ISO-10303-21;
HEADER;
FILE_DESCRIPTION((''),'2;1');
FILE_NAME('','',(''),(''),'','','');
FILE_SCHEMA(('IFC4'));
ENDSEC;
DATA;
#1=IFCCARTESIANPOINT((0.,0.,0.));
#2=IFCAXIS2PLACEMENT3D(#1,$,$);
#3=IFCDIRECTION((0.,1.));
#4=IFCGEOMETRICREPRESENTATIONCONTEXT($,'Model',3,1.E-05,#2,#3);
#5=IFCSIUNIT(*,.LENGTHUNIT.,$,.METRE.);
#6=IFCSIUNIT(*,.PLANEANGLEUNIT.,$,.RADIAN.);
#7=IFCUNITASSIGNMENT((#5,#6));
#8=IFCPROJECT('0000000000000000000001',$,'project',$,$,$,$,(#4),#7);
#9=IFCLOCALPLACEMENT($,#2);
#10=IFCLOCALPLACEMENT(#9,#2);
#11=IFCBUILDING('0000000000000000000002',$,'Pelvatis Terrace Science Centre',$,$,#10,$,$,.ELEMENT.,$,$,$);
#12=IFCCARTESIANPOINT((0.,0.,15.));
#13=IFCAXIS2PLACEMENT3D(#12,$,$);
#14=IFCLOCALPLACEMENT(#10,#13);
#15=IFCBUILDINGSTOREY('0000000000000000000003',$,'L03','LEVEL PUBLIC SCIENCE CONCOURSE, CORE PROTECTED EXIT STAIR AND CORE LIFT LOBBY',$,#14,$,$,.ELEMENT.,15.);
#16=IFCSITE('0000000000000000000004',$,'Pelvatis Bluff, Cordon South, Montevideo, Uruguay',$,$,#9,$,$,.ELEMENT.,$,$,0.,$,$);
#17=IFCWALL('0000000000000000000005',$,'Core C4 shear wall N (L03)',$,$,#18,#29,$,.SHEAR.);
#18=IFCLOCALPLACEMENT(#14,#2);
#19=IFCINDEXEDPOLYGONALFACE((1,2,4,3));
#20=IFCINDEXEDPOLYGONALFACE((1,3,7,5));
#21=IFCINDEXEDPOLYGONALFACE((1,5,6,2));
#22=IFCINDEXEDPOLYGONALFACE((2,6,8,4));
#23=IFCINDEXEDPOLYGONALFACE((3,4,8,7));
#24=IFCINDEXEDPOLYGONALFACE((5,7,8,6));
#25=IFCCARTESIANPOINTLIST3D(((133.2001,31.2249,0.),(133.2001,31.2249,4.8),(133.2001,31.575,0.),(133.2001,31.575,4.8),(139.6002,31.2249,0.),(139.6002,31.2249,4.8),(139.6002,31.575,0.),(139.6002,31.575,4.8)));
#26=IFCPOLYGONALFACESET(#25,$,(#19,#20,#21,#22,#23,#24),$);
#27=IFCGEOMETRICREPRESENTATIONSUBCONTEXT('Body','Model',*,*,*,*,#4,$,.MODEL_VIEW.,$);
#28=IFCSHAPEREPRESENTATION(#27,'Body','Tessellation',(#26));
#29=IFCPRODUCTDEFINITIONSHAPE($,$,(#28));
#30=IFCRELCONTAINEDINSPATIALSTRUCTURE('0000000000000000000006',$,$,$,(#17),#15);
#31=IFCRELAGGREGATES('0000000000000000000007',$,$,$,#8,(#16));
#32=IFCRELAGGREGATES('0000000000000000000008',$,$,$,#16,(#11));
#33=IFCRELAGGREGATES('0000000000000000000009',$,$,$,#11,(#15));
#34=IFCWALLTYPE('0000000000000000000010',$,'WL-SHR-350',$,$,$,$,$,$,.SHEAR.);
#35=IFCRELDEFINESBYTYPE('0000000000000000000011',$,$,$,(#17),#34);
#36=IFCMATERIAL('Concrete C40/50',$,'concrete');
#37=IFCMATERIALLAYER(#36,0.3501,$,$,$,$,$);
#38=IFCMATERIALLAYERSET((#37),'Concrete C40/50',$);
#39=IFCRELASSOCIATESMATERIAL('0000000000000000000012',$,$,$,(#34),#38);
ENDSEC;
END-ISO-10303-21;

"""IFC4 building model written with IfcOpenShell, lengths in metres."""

from ifc_helpers import new_model, si_unit, direction, frame, frame_2d, origin, place, context, subcontext, project, spatial, rectangle, extrude, material, layer, layer_set, type_object, element, save


model = new_model("IFC4")

# Units and contexts
model_context = context("Model", 3, precision=1e-05, world=origin(), true_north=direction((0.0, 1.0)))
body_context = subcontext(model_context, "Body", "Model", "MODEL_VIEW")
ifc_project = project(units=[si_unit("LENGTHUNIT", "METRE"), si_unit("PLANEANGLEUNIT", "RADIAN")], contexts=[model_context])

# Site, building, storey
site_placement = place(None, origin())
site = spatial("IfcSite", under=ifc_project, at=site_placement, Name="Pelvatis Bluff, Cordon South, Montevideo, Uruguay", CompositionType="ELEMENT", RefElevation=0.0)
building_placement = place(site_placement, origin())
building = spatial("IfcBuilding", under=site, at=building_placement, Name="Pelvatis Terrace Science Centre", CompositionType="ELEMENT")
storey_placement = place(building_placement, frame((0.0, 0.0, 15.0)))
storey = spatial("IfcBuildingStorey", under=building, at=storey_placement, Name="L03", Description="LEVEL PUBLIC SCIENCE CONCOURSE, CORE PROTECTED EXIT STAIR AND CORE LIFT LOBBY", CompositionType="ELEMENT", Elevation=15.0)

# Wall
ifc_material_1 = material(Name="Concrete C40/50", Category="concrete")
ifc_layer_1 = layer(ifc_material_1, 0.3501)
ifc_layer_set_1 = layer_set([ifc_layer_1], Name="Concrete C40/50")
wall_type_1 = type_object("IfcWallType", Name="WL-SHR-350", PredefinedType="SHEAR", material=ifc_layer_set_1)
wall_1_placement = place(storey_placement, frame((133.2, 31.3999, 0.0), z_axis=(0.0, 0.0, 1.0), x_axis=(1.0, 0.0, 0.0)))
element("IfcWall", 1, at=wall_1_placement, inside=storey, type_object=wall_type_1, Name="Core C4 shear wall N (L03)", PredefinedType="SHEAR", context=body_context, shape_type="SweptSolid", body=[
    extrude(rectangle(XDim=6.4001, YDim=0.3501, at=frame_2d((3.2002, 0.0))), origin(), (0.0, 0.0, 1.0), 4.8),
])

save(model, "model.ifc")
